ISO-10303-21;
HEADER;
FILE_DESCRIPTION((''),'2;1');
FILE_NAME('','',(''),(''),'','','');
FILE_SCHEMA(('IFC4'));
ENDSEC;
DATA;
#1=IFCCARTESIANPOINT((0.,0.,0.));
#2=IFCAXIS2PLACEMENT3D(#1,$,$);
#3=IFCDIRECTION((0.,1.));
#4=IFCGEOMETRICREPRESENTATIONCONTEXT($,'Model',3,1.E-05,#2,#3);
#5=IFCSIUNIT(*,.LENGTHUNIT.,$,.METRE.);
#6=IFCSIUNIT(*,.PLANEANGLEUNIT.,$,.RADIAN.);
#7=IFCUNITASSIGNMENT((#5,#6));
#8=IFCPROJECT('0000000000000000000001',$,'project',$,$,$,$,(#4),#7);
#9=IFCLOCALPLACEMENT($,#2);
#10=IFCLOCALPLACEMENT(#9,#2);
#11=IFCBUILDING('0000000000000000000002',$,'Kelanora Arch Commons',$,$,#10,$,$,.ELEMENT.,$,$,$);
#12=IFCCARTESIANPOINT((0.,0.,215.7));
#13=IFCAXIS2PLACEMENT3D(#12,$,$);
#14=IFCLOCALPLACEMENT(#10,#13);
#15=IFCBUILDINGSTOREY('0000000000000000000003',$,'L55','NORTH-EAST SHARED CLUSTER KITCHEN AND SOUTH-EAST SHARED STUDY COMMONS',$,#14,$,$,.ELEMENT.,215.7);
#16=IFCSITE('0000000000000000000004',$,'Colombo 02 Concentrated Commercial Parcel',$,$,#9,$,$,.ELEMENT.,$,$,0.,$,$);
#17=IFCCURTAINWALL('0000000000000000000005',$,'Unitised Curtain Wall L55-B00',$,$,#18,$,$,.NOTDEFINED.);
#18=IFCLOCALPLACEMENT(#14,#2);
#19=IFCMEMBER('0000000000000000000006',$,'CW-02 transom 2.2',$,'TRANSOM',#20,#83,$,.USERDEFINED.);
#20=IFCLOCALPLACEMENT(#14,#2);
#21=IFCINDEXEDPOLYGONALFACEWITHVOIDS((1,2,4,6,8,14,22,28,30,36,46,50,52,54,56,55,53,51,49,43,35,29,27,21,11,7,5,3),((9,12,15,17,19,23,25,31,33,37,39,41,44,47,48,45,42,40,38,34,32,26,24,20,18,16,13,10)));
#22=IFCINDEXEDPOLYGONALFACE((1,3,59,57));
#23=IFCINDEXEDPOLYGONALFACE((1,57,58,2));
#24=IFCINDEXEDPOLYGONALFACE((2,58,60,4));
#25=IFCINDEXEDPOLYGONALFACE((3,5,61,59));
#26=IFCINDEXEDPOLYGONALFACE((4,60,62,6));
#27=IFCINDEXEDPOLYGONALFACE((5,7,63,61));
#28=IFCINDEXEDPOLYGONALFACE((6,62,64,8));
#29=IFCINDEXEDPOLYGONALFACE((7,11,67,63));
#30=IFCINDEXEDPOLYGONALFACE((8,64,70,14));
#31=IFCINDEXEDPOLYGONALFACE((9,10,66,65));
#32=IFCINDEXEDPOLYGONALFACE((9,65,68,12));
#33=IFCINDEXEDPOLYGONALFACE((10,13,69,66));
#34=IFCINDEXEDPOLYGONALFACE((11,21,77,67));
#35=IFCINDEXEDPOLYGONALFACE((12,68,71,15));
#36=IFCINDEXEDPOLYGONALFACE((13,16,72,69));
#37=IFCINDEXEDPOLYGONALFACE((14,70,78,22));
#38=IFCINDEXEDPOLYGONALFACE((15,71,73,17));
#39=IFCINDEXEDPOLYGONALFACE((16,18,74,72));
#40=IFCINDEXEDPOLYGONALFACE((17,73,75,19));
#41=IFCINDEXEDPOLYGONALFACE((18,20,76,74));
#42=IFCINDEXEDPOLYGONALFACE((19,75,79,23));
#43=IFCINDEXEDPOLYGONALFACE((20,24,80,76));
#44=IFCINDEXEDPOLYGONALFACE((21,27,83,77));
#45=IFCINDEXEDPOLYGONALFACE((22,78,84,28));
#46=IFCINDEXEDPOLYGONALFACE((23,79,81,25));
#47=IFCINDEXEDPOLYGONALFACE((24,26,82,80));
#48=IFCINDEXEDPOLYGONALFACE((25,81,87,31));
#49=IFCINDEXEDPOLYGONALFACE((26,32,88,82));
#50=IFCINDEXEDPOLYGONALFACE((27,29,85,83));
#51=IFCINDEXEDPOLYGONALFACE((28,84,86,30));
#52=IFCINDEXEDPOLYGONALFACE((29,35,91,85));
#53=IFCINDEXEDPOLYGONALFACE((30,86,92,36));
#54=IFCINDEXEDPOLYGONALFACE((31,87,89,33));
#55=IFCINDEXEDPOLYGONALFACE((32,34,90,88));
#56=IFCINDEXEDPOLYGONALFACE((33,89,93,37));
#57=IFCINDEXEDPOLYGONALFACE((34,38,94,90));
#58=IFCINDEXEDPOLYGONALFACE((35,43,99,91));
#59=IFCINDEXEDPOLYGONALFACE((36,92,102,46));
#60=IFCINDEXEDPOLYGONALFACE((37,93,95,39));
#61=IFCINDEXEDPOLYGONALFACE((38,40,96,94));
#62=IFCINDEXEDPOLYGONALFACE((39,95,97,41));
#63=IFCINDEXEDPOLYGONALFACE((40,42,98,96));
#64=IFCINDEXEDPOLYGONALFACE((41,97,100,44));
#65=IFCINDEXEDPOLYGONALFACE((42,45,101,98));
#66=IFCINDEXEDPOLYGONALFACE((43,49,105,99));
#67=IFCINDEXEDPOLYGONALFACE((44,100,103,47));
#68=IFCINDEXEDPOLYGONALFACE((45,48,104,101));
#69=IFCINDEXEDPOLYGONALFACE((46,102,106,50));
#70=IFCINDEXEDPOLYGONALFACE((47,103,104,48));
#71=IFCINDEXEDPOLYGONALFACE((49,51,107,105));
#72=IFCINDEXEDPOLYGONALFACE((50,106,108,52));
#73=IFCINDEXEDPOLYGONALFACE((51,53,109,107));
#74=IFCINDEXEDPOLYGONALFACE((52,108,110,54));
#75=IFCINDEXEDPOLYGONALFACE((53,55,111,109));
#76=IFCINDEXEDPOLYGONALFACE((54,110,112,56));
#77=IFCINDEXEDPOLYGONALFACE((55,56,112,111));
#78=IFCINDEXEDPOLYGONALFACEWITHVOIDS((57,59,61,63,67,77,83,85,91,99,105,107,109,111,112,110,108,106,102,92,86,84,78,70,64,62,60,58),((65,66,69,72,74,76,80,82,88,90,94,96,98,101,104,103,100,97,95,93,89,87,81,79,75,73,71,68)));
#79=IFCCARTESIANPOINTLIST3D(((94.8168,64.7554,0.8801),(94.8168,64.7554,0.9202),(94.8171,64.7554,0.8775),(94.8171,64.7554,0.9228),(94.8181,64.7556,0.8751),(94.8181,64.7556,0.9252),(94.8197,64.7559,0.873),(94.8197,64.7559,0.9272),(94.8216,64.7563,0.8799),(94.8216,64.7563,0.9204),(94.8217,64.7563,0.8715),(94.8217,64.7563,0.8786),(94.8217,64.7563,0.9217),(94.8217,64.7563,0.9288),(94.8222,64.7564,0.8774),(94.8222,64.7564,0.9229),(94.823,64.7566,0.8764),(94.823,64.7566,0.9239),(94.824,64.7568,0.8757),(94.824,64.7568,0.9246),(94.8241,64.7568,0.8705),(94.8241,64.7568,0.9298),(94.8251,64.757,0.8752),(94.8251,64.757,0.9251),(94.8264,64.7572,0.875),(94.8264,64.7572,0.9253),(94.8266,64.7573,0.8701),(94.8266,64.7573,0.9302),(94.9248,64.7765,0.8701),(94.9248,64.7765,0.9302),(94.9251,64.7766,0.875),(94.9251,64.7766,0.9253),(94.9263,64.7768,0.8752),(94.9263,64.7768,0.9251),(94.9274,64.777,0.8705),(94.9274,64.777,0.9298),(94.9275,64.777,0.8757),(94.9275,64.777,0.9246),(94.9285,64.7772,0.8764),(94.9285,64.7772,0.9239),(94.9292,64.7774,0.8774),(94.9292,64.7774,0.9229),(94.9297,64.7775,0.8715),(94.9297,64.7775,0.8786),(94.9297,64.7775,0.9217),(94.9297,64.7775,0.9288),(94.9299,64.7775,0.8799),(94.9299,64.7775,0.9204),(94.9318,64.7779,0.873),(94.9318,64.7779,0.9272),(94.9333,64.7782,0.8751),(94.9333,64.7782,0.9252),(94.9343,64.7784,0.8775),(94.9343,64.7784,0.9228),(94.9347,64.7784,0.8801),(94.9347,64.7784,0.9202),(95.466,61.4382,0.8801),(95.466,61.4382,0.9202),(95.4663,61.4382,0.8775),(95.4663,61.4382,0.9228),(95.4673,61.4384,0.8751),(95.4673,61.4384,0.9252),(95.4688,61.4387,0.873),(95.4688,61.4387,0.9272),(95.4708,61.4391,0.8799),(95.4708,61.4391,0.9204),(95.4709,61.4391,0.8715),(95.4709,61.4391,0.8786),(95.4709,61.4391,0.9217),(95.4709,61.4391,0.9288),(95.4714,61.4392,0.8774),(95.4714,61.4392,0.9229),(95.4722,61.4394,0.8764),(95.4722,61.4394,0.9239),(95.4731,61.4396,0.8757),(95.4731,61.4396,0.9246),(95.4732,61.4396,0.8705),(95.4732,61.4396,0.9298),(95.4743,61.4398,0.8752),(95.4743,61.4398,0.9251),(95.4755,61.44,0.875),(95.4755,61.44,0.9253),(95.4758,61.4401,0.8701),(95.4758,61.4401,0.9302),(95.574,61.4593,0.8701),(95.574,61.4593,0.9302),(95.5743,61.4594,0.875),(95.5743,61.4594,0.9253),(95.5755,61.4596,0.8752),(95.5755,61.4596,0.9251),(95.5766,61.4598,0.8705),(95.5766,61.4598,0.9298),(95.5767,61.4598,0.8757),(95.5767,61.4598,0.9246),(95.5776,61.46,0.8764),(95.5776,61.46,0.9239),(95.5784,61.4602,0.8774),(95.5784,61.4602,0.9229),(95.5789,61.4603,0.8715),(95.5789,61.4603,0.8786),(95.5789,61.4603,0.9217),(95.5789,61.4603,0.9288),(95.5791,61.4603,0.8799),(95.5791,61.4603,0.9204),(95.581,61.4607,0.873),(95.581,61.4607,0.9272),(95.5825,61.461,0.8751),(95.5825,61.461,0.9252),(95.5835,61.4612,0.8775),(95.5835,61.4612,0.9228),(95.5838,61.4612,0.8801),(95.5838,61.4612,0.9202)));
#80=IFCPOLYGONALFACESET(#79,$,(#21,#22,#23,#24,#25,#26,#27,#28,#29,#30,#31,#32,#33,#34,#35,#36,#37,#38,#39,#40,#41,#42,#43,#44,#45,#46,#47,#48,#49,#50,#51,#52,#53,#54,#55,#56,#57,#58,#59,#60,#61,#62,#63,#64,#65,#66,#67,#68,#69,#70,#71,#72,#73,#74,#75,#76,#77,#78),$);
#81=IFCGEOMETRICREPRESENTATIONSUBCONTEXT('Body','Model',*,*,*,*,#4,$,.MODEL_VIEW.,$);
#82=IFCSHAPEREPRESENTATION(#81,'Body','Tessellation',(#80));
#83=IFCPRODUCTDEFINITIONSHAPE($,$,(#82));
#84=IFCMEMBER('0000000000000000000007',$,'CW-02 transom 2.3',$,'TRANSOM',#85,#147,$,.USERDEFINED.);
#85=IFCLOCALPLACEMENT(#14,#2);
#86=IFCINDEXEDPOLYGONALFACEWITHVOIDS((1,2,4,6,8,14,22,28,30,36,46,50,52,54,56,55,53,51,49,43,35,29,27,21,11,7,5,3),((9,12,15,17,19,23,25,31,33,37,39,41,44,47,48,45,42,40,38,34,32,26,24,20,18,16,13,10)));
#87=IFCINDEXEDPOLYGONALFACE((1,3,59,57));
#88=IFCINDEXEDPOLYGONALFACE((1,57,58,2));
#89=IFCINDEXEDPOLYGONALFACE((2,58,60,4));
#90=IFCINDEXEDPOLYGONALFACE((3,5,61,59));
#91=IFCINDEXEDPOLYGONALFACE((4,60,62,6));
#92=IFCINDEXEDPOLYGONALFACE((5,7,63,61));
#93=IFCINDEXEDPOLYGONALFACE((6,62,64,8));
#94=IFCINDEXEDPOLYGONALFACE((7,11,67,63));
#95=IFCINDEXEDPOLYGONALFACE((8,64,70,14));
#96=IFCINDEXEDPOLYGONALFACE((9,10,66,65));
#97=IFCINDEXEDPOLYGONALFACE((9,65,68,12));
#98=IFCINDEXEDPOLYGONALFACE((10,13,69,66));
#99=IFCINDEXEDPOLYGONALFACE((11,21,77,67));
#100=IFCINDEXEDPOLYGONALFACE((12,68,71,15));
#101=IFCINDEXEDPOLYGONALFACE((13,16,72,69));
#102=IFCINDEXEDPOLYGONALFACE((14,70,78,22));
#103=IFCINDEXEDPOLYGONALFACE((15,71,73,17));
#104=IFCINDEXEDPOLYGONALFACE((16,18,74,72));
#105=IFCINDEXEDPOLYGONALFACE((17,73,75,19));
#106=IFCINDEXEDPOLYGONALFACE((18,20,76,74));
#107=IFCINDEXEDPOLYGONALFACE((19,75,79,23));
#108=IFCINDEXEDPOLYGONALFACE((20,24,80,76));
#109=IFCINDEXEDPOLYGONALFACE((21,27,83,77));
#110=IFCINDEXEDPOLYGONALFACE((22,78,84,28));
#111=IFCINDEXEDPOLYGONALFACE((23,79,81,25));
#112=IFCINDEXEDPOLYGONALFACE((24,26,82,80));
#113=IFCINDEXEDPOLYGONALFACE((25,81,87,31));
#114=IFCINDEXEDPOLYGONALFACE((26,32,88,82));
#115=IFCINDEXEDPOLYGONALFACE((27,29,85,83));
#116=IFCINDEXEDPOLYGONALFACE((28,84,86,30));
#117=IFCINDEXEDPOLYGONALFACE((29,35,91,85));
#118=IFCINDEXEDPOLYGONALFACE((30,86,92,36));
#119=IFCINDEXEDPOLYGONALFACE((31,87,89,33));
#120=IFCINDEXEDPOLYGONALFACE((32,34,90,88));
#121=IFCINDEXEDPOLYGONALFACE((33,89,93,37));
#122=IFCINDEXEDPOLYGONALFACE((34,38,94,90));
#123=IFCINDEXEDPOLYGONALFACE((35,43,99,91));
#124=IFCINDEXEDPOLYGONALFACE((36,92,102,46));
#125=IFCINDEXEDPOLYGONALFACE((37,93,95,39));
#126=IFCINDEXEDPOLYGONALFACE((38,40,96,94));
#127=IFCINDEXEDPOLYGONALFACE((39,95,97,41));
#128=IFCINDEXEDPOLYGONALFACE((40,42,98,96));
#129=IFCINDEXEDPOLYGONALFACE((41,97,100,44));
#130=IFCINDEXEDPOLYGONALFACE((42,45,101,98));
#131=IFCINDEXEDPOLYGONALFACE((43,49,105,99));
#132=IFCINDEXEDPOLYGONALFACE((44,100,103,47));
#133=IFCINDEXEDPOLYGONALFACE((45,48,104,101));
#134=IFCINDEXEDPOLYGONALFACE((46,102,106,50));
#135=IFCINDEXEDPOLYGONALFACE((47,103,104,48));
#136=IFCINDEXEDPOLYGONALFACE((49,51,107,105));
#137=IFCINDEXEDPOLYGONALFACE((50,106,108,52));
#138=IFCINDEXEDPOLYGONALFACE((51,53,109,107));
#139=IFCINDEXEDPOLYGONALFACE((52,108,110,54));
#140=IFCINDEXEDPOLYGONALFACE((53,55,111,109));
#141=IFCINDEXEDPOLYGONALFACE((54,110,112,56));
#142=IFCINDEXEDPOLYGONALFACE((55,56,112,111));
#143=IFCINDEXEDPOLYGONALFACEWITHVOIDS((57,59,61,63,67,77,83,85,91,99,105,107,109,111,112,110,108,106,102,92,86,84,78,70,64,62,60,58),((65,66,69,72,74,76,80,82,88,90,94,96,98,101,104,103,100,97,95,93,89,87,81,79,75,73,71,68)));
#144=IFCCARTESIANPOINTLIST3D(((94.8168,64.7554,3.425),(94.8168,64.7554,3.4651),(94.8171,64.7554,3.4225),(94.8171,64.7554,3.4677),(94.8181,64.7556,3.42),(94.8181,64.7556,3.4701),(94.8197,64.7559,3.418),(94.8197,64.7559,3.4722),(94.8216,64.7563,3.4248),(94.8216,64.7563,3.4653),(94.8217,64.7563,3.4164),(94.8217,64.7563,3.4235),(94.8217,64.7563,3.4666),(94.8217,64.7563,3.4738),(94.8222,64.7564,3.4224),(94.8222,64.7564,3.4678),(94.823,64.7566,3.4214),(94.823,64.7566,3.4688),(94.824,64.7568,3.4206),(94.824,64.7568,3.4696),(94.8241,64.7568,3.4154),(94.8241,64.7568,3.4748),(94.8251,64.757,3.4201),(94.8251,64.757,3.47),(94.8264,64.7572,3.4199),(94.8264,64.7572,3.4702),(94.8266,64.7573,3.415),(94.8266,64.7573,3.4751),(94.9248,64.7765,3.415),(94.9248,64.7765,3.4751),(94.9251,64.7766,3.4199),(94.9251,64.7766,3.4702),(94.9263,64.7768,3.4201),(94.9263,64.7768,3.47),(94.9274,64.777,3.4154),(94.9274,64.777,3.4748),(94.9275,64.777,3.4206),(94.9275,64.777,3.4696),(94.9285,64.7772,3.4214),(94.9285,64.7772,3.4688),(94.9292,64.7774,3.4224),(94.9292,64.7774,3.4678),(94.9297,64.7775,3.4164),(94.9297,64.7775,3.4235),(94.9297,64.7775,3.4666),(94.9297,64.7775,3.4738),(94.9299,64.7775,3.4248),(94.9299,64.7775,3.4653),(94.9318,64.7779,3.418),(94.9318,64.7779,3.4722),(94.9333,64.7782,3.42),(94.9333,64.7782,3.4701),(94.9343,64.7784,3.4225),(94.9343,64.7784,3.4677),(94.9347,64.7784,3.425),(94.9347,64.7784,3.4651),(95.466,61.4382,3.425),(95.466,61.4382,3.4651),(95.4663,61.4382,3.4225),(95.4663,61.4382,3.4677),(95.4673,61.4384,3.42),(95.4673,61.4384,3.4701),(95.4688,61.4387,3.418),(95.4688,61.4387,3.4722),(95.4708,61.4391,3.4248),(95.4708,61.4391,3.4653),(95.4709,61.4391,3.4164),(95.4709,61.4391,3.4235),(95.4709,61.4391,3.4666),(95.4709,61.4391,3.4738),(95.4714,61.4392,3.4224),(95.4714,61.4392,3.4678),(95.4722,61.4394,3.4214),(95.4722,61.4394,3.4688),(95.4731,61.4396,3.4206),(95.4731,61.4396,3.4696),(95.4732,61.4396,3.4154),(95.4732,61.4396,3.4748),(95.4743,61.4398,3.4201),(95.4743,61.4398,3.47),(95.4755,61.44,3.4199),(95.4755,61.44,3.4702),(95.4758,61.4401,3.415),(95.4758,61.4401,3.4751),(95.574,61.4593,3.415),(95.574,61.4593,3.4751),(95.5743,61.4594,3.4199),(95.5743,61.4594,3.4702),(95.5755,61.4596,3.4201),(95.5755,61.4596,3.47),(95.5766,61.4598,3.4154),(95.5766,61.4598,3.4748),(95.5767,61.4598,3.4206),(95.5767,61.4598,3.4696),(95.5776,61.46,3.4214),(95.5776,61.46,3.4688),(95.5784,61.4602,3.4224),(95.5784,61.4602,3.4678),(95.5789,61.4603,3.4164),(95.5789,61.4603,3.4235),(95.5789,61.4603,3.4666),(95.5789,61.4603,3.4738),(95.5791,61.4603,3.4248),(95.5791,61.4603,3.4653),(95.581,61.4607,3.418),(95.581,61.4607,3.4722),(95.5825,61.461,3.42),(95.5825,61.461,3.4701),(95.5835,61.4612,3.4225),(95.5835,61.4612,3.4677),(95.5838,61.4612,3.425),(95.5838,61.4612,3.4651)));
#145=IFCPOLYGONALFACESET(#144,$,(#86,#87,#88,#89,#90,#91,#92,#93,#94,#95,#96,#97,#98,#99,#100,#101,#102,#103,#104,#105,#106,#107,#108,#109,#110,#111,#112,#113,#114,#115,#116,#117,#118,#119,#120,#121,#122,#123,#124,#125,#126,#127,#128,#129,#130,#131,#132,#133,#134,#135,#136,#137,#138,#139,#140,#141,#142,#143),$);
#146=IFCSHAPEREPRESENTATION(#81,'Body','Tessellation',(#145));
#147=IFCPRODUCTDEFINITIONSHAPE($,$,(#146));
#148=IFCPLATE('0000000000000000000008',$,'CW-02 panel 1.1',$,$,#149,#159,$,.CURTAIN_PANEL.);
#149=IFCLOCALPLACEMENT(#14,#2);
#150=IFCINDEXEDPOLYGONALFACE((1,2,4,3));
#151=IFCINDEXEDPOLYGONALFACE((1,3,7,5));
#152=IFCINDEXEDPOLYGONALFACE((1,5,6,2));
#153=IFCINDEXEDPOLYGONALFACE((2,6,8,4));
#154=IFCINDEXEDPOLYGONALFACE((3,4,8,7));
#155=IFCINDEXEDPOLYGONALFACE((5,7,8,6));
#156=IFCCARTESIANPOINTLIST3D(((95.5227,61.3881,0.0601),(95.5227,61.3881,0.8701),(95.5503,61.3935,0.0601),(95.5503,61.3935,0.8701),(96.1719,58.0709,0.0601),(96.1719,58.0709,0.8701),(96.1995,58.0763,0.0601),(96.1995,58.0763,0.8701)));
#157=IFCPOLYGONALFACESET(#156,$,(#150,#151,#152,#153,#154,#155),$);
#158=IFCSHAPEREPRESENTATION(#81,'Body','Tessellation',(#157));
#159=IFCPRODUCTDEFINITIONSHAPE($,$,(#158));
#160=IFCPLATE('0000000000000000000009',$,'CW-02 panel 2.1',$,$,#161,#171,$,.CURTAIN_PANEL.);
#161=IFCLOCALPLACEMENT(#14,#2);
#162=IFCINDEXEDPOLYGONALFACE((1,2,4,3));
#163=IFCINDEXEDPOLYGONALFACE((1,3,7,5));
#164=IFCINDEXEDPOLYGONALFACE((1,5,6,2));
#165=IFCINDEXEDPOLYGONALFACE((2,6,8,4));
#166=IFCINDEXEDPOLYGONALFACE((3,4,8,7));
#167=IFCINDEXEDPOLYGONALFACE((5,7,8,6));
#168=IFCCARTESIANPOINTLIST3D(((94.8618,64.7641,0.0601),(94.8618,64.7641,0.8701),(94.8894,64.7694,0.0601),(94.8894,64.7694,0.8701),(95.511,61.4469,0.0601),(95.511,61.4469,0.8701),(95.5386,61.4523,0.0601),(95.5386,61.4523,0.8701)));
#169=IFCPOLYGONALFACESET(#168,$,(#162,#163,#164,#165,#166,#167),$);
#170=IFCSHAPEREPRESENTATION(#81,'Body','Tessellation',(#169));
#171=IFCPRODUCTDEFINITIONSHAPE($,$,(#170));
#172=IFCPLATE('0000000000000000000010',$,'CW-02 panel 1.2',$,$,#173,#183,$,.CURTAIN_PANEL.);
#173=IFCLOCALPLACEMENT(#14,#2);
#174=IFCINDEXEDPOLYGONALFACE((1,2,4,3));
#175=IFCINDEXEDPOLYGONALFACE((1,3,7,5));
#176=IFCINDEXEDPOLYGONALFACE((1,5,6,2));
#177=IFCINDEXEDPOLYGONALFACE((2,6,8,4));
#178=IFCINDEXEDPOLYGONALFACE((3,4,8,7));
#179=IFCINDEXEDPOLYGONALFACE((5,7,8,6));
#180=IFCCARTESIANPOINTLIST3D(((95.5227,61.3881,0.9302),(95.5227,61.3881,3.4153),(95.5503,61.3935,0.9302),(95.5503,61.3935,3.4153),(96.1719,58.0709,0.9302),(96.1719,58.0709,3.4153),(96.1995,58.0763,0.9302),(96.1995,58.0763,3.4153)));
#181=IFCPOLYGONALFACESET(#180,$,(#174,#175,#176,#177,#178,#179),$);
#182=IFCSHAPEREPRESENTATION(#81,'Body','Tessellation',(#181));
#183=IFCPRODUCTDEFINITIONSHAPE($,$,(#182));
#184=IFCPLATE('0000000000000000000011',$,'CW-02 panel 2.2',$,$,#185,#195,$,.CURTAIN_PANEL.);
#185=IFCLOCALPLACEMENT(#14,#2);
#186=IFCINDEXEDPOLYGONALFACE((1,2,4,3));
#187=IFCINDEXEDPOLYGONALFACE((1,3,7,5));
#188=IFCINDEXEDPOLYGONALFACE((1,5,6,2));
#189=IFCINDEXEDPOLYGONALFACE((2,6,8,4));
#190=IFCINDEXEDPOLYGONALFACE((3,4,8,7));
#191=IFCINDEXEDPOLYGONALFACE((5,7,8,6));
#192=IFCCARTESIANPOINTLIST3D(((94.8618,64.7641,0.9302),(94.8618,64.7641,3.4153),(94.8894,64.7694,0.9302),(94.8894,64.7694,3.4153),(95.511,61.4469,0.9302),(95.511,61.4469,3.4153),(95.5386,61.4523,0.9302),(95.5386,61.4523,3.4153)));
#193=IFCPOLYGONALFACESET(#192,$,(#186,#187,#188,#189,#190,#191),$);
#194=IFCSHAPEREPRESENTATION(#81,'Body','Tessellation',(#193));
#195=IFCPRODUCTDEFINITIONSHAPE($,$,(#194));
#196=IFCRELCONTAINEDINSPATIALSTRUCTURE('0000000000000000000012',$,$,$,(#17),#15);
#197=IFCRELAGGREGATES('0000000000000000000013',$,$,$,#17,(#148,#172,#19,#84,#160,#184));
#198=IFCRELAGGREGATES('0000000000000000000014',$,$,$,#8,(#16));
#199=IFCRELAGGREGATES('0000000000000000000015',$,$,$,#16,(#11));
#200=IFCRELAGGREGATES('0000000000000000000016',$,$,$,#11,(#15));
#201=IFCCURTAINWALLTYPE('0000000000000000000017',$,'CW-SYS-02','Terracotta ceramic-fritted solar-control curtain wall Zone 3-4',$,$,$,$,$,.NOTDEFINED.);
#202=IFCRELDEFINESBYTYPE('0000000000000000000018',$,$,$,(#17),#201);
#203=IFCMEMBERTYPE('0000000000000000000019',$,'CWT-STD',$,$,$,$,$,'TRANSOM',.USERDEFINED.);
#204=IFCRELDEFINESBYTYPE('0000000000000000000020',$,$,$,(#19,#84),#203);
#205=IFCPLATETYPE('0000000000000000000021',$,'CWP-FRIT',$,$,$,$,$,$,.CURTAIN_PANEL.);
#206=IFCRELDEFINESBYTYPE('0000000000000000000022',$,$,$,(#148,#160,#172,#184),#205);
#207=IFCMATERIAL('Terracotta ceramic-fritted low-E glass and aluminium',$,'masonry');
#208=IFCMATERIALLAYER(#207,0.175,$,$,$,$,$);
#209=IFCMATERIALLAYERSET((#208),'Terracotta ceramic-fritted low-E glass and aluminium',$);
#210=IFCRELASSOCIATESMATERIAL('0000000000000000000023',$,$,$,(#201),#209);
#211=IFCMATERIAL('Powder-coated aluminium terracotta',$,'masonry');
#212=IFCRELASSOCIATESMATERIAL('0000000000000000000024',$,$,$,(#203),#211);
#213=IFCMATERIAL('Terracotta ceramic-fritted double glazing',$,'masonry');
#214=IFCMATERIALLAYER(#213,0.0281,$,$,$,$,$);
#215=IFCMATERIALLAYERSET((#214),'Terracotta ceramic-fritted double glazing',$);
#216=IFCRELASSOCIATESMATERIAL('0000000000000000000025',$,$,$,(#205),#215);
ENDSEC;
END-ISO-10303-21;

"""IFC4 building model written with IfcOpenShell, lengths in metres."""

from ifc_helpers import new_model, si_unit, direction, frame, origin, origin_2d, place, context, subcontext, project, spatial, rectangle, hollow_rectangle, extrude, source, transform, mapped, material, layer, layer_set, material_profile, profile_set, type_object, element, aggregate, save


model = new_model("IFC4")

# Units and contexts
model_context = context("Model", 3, precision=1e-05, world=origin(), true_north=direction((0.0, 1.0)))
body_context = subcontext(model_context, "Body", "Model", "MODEL_VIEW")
ifc_project = project(units=[si_unit("LENGTHUNIT", "METRE"), si_unit("PLANEANGLEUNIT", "RADIAN")], contexts=[model_context])

# Site, building, storey
site_placement = place(None, origin())
site = spatial("IfcSite", under=ifc_project, at=site_placement, Name="Colombo 02 Concentrated Commercial Parcel", CompositionType="ELEMENT", RefElevation=0.0)
building_placement = place(site_placement, origin())
building = spatial("IfcBuilding", under=site, at=building_placement, Name="Kelanora Arch Commons", CompositionType="ELEMENT")
storey_placement = place(building_placement, frame((0.0, 0.0, 215.7)))
storey = spatial("IfcBuildingStorey", under=building, at=storey_placement, Name="L55", Description="NORTH-EAST SHARED CLUSTER KITCHEN AND SOUTH-EAST SHARED STUDY COMMONS", CompositionType="ELEMENT", Elevation=215.7)

# Curtain wall, members, plates
ifc_material_1 = material(Name="Terracotta ceramic-fritted low-E glass and aluminium", Category="masonry")
ifc_layer_1 = layer(ifc_material_1, 0.175)
ifc_layer_set_1 = layer_set([ifc_layer_1], Name="Terracotta ceramic-fritted low-E glass and aluminium")
curtain_wall_type = type_object("IfcCurtainWallType", Name="CW-SYS-02", Description="Terracotta ceramic-fritted solar-control curtain wall Zone 3-4", PredefinedType="NOTDEFINED", material=ifc_layer_set_1)
curtain_wall_placement = place(storey_placement, origin())
curtain_wall = element("IfcCurtainWall", 1, at=curtain_wall_placement, inside=storey, type_object=curtain_wall_type, Name="Unitised Curtain Wall L55-B00", PredefinedType="NOTDEFINED")
ifc_material_2 = material(Name="Powder-coated aluminium terracotta", Category="masonry")
ifc_material_profile_1 = material_profile(ifc_material_2, hollow_rectangle(XDim=0.1201, YDim=0.0601, WallThickness=0.0049, InnerFilletRadius=0.0049, OuterFilletRadius=0.01, at=origin_2d()), Name="CWT120x60")
ifc_profile_set_1 = profile_set([ifc_material_profile_1], Name="Powder-coated aluminium terracotta")
member_type_1 = type_object("IfcMemberType", Name="CWT-STD", ElementType="TRANSOM", PredefinedType="USERDEFINED", material=ifc_profile_set_1)
member_1_placement = place(storey_placement, frame((95.5249, 61.4497, 0.9001), z_axis=(-0.192058, 0.981383, 0.0), x_axis=(-0.981383, -0.192058, 0.0)))
member_1 = element("IfcMember", 2, at=member_1_placement, type_object=member_type_1, Name="CW-02 transom 2.2", ObjectType="TRANSOM", PredefinedType="USERDEFINED", context=body_context, shape_type="SweptSolid", body=[
    extrude(hollow_rectangle(XDim=0.1201, YDim=0.0601, WallThickness=0.0049, InnerFilletRadius=0.0049, OuterFilletRadius=0.01, at=origin_2d()), origin(), (0.0, 0.0, 1.0), 3.3801),
])
member_2_placement = place(storey_placement, frame((95.5249, 61.4497, 3.4451), z_axis=(-0.192058, 0.981383, 0.0), x_axis=(-0.981383, -0.192058, 0.0)))
member_2 = element("IfcMember", 3, at=member_2_placement, type_object=member_type_1, Name="CW-02 transom 2.3", ObjectType="TRANSOM", PredefinedType="USERDEFINED", context=body_context, shape_type="SweptSolid", body=[
    extrude(hollow_rectangle(XDim=0.1201, YDim=0.0601, WallThickness=0.0049, InnerFilletRadius=0.0049, OuterFilletRadius=0.01, at=origin_2d()), origin(), (0.0, 0.0, 1.0), 3.3801),
])
ifc_material_3 = material(Name="Terracotta ceramic-fritted double glazing", Category="masonry")
ifc_layer_2 = layer(ifc_material_3, 0.0281)
ifc_layer_set_2 = layer_set([ifc_layer_2], Name="Terracotta ceramic-fritted double glazing")
plate_type = type_object("IfcPlateType", Name="CWP-FRIT", PredefinedType="CURTAIN_PANEL", material=ifc_layer_set_2)
shared_shape_1 = source(origin(), body_context, "Body", "SweptSolid", [
    extrude(rectangle(XDim=3.3801, YDim=0.0281, at=origin_2d()), origin(), (0.0, 0.0, 1.0), 0.8101),
])
plate_1_placement = place(storey_placement, frame((95.8611, 59.7322, 0.0601), z_axis=(0.0, 0.0, 1.0), x_axis=(-0.192069, 0.981381, 0.0)))
plate_1 = element("IfcPlate", 4, at=plate_1_placement, type_object=plate_type, Name="CW-02 panel 1.1", PredefinedType="CURTAIN_PANEL", context=body_context, shape_type="MappedRepresentation", body=[
    mapped(shared_shape_1, transform((0.0, 0.0, 0.0), scale=1.0)),
])
plate_2_placement = place(storey_placement, frame((95.2002, 63.1082, 0.0601), z_axis=(0.0, 0.0, 1.0), x_axis=(-0.192069, 0.981381, 0.0)))
plate_2 = element("IfcPlate", 5, at=plate_2_placement, type_object=plate_type, Name="CW-02 panel 2.1", PredefinedType="CURTAIN_PANEL", context=body_context, shape_type="MappedRepresentation", body=[
    mapped(shared_shape_1, transform((0.0, 0.0, 0.0), scale=1.0)),
])
shared_shape_2 = source(origin(), body_context, "Body", "SweptSolid", [
    extrude(rectangle(XDim=3.3801, YDim=0.0281, at=origin_2d()), origin(), (0.0, 0.0, 1.0), 2.4851),
])
plate_3_placement = place(storey_placement, frame((95.8611, 59.7322, 0.9302), z_axis=(0.0, 0.0, 1.0), x_axis=(-0.192069, 0.981381, 0.0)))
plate_3 = element("IfcPlate", 6, at=plate_3_placement, type_object=plate_type, Name="CW-02 panel 1.2", PredefinedType="CURTAIN_PANEL", context=body_context, shape_type="MappedRepresentation", body=[
    mapped(shared_shape_2, transform((0.0, 0.0, 0.0), scale=1.0)),
])
plate_4_placement = place(storey_placement, frame((95.2002, 63.1082, 0.9302), z_axis=(0.0, 0.0, 1.0), x_axis=(-0.192069, 0.981381, 0.0)))
plate_4 = element("IfcPlate", 7, at=plate_4_placement, type_object=plate_type, Name="CW-02 panel 2.2", PredefinedType="CURTAIN_PANEL", context=body_context, shape_type="MappedRepresentation", body=[
    mapped(shared_shape_2, transform((0.0, 0.0, 0.0), scale=1.0)),
])
aggregate(curtain_wall, [plate_1, plate_3, member_1, member_2, plate_2, plate_4])

save(model, "model.ifc")
